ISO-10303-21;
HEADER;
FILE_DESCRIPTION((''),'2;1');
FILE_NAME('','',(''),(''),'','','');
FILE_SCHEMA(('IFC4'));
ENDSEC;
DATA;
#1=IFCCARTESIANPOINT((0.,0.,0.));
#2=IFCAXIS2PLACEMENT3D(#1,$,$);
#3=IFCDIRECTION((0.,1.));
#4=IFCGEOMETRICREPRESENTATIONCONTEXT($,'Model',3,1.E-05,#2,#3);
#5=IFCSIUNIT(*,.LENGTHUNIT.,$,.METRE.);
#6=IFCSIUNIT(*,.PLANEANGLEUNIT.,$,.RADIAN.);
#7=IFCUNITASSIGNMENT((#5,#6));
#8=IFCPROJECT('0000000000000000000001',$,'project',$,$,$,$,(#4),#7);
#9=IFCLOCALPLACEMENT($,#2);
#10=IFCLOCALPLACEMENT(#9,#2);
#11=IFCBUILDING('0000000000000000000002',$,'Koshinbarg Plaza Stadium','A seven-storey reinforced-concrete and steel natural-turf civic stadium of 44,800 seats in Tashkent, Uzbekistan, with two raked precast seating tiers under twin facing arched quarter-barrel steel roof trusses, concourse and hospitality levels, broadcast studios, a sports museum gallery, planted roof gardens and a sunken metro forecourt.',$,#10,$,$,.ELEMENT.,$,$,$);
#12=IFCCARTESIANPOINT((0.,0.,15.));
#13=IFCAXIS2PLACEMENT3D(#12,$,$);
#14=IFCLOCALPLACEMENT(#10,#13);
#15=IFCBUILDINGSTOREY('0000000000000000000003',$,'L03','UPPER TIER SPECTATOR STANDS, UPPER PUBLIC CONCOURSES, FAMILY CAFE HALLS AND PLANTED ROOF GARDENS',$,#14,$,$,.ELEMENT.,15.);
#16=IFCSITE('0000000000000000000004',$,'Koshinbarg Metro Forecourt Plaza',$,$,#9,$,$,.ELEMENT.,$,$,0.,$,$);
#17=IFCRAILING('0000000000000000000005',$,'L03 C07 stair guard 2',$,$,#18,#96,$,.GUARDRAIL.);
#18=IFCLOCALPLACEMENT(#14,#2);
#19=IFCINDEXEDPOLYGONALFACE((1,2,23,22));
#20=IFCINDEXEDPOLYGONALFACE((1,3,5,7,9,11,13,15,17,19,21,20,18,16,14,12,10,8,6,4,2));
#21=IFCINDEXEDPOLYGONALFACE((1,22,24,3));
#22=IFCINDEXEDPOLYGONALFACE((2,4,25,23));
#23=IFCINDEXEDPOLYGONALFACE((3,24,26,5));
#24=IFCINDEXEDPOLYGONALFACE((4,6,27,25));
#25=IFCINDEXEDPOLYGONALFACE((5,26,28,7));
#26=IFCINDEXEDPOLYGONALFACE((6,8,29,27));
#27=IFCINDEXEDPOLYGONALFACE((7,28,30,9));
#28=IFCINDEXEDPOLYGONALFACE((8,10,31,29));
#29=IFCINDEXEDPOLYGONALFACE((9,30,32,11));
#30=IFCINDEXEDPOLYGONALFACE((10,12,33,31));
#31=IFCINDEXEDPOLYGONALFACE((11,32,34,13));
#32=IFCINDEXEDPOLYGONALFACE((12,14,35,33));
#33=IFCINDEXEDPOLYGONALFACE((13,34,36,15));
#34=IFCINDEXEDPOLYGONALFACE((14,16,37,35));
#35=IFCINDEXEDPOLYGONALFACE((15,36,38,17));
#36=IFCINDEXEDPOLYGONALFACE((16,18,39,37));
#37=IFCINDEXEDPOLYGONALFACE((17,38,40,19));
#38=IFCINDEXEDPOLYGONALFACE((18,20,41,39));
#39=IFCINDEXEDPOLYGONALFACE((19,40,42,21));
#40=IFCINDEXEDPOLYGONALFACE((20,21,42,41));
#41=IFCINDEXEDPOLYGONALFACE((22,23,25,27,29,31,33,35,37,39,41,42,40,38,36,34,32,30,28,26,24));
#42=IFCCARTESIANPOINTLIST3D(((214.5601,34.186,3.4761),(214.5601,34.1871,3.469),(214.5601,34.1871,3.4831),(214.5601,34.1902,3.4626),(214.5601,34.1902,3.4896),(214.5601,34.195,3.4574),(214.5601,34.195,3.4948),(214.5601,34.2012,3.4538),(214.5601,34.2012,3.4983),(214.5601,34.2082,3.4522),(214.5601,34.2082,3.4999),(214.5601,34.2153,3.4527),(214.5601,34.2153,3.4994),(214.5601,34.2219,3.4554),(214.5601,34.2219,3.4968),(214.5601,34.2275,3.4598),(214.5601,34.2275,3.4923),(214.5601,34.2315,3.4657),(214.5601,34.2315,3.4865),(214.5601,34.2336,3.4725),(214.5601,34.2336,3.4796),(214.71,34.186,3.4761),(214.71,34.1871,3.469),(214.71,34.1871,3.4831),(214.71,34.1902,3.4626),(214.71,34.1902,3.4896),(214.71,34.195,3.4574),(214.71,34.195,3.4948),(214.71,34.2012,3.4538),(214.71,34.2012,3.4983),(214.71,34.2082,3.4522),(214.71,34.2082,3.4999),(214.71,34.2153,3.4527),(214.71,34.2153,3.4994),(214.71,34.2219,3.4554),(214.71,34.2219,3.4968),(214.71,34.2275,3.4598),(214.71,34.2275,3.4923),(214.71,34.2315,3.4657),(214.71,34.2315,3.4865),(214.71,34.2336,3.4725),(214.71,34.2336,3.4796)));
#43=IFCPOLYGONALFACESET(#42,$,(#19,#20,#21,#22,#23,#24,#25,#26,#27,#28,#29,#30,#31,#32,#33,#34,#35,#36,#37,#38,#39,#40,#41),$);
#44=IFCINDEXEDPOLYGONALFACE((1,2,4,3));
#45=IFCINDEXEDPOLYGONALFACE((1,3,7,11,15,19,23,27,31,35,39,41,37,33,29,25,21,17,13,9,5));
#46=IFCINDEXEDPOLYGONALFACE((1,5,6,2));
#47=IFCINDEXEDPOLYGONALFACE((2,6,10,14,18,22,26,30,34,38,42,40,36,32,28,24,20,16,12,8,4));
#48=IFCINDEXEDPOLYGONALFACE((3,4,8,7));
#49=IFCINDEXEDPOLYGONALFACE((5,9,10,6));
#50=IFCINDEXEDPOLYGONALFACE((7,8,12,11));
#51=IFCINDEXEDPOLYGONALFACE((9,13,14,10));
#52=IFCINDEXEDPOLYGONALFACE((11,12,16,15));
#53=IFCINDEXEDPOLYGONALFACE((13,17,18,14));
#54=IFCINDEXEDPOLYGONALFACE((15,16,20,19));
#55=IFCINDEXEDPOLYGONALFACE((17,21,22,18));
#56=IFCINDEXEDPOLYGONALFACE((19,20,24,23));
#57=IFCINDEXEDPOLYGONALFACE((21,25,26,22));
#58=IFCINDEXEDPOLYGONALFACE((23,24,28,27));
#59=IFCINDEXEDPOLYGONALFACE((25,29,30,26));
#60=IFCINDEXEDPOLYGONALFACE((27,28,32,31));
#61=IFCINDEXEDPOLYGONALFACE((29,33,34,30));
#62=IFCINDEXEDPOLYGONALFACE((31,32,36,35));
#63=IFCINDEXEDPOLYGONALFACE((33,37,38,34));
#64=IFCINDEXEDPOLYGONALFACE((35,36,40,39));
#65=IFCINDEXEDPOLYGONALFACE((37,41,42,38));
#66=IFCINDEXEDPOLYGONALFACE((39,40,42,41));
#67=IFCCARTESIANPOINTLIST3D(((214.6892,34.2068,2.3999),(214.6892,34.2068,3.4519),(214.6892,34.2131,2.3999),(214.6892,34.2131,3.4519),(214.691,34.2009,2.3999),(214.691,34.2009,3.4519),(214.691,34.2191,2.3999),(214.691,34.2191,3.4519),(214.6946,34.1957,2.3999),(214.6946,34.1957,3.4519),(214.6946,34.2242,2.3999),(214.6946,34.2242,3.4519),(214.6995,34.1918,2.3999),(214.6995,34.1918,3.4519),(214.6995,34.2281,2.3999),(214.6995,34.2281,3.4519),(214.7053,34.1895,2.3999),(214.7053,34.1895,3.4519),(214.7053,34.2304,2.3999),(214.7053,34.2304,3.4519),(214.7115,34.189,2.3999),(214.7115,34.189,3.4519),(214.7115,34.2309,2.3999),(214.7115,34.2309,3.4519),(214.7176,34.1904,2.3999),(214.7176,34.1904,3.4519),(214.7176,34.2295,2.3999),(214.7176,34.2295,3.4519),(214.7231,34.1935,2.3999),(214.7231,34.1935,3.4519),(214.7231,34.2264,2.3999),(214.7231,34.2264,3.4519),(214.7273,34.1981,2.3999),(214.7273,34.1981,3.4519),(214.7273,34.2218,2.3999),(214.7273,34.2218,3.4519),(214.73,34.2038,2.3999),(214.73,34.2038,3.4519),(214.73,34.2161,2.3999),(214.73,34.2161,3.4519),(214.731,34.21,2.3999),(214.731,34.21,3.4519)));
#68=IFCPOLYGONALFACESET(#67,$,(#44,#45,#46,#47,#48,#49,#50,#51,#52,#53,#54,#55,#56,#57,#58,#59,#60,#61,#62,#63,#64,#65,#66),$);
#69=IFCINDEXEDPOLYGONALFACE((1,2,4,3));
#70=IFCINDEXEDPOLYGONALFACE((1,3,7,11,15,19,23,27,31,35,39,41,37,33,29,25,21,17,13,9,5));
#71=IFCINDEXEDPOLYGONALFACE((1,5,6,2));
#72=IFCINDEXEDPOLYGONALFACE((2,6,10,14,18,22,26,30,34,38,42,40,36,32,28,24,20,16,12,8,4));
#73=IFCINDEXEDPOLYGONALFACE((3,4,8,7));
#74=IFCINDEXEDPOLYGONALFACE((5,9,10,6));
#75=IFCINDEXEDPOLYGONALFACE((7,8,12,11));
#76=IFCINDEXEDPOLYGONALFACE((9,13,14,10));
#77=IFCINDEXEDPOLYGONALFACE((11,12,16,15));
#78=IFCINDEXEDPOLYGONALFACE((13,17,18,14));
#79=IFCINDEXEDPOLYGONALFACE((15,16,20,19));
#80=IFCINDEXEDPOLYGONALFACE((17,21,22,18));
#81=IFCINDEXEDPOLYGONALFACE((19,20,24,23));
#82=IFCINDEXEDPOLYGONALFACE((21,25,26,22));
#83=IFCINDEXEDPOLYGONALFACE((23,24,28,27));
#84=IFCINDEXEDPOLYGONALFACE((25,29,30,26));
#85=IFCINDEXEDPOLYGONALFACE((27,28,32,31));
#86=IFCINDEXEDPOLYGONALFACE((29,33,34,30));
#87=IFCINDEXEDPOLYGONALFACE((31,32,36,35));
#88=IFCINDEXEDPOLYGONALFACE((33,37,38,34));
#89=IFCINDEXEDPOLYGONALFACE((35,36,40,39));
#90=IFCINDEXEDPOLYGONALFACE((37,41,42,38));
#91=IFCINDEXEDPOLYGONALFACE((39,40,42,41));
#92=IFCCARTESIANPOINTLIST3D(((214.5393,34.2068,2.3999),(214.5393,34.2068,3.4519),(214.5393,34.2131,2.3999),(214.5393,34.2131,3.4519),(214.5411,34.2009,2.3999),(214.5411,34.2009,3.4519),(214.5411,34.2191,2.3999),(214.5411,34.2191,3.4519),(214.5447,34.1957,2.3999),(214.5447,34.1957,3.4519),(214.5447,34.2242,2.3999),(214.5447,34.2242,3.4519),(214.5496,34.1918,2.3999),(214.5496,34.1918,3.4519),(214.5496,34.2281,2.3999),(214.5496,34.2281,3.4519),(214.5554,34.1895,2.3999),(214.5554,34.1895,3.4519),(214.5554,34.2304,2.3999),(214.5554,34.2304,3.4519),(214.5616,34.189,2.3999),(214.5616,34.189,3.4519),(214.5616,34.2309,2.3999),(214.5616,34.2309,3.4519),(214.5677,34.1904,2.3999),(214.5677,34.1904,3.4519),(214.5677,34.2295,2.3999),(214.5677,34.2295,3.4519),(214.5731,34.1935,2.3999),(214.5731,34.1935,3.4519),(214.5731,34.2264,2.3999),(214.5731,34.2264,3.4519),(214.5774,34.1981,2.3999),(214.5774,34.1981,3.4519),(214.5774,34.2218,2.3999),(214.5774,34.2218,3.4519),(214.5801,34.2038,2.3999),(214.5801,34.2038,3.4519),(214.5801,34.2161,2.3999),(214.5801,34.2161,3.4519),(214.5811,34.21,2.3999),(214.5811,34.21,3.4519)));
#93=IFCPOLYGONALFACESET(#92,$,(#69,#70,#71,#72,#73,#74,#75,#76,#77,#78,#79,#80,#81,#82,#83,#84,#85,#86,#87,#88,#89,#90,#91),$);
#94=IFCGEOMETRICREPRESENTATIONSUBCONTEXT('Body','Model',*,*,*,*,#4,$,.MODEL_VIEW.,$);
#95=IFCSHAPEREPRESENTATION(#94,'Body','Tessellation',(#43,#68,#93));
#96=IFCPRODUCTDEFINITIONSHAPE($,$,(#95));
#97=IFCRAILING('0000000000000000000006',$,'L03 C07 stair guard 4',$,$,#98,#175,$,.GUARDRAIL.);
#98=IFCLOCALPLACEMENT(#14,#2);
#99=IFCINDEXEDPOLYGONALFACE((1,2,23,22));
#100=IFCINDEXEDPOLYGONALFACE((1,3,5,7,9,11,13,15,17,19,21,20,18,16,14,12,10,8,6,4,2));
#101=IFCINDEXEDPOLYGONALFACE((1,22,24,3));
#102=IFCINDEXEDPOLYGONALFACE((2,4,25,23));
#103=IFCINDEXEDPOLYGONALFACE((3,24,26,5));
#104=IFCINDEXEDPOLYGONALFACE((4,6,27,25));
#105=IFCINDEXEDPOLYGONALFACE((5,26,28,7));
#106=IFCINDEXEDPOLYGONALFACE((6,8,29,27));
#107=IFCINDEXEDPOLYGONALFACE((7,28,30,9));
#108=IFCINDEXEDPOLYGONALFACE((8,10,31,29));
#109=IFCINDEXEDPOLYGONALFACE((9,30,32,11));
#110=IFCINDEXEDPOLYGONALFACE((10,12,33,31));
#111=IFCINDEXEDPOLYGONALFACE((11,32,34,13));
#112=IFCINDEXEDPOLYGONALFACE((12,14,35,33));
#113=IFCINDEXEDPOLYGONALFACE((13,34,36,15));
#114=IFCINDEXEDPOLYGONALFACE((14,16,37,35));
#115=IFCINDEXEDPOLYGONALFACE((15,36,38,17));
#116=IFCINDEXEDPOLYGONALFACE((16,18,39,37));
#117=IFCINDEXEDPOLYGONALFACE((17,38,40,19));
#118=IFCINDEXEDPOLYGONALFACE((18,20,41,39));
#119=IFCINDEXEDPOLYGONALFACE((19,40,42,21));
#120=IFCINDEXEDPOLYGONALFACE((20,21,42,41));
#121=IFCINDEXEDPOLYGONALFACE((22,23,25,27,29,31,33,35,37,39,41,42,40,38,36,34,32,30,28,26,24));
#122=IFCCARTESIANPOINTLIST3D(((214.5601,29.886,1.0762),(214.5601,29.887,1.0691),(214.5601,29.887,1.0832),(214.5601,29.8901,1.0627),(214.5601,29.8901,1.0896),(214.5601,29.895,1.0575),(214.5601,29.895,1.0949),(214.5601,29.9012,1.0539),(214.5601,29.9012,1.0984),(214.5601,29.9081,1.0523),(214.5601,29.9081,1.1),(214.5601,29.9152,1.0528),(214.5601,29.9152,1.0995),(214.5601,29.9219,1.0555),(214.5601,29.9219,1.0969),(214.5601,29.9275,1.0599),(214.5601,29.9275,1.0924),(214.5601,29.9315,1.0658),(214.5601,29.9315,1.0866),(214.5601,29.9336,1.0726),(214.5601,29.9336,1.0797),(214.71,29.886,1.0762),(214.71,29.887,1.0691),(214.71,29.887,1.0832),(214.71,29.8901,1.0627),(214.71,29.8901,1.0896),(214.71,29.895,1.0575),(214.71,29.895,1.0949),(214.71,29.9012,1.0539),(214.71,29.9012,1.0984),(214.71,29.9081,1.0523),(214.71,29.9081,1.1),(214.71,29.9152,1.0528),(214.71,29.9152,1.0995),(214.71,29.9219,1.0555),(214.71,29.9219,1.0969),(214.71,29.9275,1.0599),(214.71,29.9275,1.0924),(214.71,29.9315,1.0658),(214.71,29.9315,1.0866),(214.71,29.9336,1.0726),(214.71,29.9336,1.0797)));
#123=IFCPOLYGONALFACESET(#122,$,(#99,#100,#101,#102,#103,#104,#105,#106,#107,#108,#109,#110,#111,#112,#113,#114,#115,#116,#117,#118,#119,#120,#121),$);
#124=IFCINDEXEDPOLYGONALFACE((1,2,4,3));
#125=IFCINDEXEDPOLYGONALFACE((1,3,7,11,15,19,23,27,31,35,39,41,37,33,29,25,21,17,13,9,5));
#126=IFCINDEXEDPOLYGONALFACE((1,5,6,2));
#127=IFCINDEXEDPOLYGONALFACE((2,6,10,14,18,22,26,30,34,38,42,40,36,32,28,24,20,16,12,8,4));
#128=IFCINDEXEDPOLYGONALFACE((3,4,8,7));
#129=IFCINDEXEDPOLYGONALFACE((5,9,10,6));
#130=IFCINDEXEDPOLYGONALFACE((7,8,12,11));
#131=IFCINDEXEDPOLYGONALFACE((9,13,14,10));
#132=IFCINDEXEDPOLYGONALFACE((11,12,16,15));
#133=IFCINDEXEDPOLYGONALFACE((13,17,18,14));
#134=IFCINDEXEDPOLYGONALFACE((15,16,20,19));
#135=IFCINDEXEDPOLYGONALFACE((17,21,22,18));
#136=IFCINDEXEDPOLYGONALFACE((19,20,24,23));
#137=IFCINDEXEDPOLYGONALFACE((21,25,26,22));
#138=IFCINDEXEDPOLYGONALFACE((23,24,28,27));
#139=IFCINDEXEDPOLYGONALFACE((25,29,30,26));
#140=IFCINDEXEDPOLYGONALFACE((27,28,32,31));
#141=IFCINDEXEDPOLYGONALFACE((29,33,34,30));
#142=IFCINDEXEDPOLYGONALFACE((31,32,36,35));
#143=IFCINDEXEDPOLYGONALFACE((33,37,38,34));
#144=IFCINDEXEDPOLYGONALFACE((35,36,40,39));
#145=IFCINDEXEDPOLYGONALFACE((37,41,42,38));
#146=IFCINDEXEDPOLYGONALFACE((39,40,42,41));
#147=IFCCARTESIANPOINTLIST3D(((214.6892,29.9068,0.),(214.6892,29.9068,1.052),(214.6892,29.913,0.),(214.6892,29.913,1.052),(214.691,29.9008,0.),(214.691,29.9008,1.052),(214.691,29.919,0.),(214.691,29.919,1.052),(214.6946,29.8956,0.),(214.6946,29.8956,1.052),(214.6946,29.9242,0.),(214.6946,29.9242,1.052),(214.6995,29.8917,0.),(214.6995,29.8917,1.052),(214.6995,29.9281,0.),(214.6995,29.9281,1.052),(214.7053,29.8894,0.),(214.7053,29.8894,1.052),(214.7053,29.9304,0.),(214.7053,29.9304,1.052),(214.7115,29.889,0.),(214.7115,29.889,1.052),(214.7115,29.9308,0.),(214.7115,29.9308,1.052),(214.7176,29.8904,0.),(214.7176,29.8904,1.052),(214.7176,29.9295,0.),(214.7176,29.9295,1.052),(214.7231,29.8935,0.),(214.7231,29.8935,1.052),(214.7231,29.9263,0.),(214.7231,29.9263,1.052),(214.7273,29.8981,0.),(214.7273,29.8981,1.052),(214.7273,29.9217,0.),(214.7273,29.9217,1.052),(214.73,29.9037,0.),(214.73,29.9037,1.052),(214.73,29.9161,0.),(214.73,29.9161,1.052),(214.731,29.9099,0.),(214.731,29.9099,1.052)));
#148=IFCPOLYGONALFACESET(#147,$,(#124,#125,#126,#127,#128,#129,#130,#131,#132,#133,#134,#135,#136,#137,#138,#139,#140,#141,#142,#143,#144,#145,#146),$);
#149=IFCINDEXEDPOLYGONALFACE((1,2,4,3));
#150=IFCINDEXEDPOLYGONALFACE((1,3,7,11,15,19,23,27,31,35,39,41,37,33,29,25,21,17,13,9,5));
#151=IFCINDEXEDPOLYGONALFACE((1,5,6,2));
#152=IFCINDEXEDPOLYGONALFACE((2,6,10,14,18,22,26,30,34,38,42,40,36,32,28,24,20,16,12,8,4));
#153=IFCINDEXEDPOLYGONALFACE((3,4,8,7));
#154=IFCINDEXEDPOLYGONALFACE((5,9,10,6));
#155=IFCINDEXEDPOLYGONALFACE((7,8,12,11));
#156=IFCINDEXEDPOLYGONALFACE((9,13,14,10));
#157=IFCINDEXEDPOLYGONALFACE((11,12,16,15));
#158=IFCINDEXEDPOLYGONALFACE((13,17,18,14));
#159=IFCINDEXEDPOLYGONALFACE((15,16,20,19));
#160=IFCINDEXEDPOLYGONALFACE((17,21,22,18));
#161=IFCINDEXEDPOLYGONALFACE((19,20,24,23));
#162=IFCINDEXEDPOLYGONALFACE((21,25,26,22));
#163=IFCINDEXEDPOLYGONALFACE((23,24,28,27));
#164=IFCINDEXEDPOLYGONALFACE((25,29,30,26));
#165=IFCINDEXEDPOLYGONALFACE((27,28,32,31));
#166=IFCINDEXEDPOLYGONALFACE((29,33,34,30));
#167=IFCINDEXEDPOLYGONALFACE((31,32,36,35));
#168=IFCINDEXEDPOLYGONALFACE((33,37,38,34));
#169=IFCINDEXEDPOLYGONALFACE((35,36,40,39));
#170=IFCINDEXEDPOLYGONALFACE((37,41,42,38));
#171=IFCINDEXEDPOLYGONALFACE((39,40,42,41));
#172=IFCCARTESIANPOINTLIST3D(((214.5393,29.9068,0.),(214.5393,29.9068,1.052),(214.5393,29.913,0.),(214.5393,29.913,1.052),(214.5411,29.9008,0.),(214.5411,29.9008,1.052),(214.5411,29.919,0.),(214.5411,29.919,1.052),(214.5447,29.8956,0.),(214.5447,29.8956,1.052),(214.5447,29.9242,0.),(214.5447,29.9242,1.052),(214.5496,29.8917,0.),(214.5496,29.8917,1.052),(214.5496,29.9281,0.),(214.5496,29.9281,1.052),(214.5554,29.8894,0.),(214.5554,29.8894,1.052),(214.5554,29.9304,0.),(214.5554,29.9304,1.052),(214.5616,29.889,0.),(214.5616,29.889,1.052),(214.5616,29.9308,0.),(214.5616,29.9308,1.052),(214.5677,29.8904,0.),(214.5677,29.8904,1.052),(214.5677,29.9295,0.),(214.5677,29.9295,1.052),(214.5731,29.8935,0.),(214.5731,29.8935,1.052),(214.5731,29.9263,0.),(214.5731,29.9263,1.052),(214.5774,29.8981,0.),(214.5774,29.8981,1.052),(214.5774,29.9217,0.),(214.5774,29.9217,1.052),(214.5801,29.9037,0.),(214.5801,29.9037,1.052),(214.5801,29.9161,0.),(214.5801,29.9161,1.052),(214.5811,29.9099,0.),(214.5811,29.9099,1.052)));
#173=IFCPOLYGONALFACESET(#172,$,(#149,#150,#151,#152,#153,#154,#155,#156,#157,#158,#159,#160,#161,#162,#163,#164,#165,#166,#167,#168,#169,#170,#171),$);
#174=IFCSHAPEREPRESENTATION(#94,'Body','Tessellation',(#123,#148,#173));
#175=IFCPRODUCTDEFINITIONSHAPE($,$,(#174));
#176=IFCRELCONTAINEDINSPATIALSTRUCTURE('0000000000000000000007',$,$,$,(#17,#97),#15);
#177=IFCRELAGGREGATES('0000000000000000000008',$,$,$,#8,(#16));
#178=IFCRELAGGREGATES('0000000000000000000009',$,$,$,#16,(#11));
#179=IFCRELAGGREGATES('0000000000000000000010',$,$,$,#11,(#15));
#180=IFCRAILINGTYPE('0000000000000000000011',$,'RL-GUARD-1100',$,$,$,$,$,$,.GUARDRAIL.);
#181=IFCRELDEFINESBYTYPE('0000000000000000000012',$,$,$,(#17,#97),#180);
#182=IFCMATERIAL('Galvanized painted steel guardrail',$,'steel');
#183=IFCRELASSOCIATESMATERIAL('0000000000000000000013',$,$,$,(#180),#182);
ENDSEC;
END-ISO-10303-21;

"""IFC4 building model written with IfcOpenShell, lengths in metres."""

from ifc_helpers import new_model, si_unit, direction, frame, origin, origin_2d, place, context, subcontext, project, spatial, circle, extrude, material, type_object, element, save


model = new_model("IFC4")

# Units and contexts
model_context = context("Model", 3, precision=1e-05, world=origin(), true_north=direction((0.0, 1.0)))
body_context = subcontext(model_context, "Body", "Model", "MODEL_VIEW")
ifc_project = project(units=[si_unit("LENGTHUNIT", "METRE"), si_unit("PLANEANGLEUNIT", "RADIAN")], contexts=[model_context])

# Site, building, storey
site_placement = place(None, origin())
site = spatial("IfcSite", under=ifc_project, at=site_placement, Name="Koshinbarg Metro Forecourt Plaza", CompositionType="ELEMENT", RefElevation=0.0)
building_placement = place(site_placement, origin())
building = spatial("IfcBuilding", under=site, at=building_placement, Name="Koshinbarg Plaza Stadium", Description="A seven-storey reinforced-concrete and steel natural-turf civic stadium of 44,800 seats in Tashkent, Uzbekistan, with two raked precast seating tiers under twin facing arched quarter-barrel steel roof trusses, concourse and hospitality levels, broadcast studios, a sports museum gallery, planted roof gardens and a sunken metro forecourt.", CompositionType="ELEMENT")
storey_placement = place(building_placement, frame((0.0, 0.0, 15.0)))
storey = spatial("IfcBuildingStorey", under=building, at=storey_placement, Name="L03", Description="UPPER TIER SPECTATOR STANDS, UPPER PUBLIC CONCOURSES, FAMILY CAFE HALLS AND PLANTED ROOF GARDENS", CompositionType="ELEMENT", Elevation=15.0)

# Railings
ifc_material_1 = material(Name="Galvanized painted steel guardrail", Category="steel")
railing_type_1 = type_object("IfcRailingType", Name="RL-GUARD-1100", PredefinedType="GUARDRAIL", material=ifc_material_1)
for number, where, name in (
    (1, (214.71, 34.21, 2.3999), "L03 C07 stair guard 2"),
    (2, (214.71, 29.9099, 0.0), "L03 C07 stair guard 4"),
):
    element("IfcRailing", number, at=place(storey_placement, frame(where)), inside=storey, type_object=railing_type_1, Name=name, PredefinedType="GUARDRAIL", context=body_context, shape_type="SweptSolid", body=[
        extrude(circle(Radius=0.0239, at=origin_2d()), frame((0.0, 0.0, 1.0762), z_axis=(-1.0, 0.0, 0.0), x_axis=(0.0, -1.0, 0.0)), (0.0, 0.0, 1.0), 0.1499),
        extrude(circle(Radius=0.021, at=origin_2d()), origin(), (0.0, 0.0, 1.0), 1.052),
        extrude(circle(Radius=0.021, at=origin_2d()), frame((-0.1499, 0.0, 0.0)), (0.0, 0.0, 1.0), 1.052),
    ])

save(model, "model.ifc")
